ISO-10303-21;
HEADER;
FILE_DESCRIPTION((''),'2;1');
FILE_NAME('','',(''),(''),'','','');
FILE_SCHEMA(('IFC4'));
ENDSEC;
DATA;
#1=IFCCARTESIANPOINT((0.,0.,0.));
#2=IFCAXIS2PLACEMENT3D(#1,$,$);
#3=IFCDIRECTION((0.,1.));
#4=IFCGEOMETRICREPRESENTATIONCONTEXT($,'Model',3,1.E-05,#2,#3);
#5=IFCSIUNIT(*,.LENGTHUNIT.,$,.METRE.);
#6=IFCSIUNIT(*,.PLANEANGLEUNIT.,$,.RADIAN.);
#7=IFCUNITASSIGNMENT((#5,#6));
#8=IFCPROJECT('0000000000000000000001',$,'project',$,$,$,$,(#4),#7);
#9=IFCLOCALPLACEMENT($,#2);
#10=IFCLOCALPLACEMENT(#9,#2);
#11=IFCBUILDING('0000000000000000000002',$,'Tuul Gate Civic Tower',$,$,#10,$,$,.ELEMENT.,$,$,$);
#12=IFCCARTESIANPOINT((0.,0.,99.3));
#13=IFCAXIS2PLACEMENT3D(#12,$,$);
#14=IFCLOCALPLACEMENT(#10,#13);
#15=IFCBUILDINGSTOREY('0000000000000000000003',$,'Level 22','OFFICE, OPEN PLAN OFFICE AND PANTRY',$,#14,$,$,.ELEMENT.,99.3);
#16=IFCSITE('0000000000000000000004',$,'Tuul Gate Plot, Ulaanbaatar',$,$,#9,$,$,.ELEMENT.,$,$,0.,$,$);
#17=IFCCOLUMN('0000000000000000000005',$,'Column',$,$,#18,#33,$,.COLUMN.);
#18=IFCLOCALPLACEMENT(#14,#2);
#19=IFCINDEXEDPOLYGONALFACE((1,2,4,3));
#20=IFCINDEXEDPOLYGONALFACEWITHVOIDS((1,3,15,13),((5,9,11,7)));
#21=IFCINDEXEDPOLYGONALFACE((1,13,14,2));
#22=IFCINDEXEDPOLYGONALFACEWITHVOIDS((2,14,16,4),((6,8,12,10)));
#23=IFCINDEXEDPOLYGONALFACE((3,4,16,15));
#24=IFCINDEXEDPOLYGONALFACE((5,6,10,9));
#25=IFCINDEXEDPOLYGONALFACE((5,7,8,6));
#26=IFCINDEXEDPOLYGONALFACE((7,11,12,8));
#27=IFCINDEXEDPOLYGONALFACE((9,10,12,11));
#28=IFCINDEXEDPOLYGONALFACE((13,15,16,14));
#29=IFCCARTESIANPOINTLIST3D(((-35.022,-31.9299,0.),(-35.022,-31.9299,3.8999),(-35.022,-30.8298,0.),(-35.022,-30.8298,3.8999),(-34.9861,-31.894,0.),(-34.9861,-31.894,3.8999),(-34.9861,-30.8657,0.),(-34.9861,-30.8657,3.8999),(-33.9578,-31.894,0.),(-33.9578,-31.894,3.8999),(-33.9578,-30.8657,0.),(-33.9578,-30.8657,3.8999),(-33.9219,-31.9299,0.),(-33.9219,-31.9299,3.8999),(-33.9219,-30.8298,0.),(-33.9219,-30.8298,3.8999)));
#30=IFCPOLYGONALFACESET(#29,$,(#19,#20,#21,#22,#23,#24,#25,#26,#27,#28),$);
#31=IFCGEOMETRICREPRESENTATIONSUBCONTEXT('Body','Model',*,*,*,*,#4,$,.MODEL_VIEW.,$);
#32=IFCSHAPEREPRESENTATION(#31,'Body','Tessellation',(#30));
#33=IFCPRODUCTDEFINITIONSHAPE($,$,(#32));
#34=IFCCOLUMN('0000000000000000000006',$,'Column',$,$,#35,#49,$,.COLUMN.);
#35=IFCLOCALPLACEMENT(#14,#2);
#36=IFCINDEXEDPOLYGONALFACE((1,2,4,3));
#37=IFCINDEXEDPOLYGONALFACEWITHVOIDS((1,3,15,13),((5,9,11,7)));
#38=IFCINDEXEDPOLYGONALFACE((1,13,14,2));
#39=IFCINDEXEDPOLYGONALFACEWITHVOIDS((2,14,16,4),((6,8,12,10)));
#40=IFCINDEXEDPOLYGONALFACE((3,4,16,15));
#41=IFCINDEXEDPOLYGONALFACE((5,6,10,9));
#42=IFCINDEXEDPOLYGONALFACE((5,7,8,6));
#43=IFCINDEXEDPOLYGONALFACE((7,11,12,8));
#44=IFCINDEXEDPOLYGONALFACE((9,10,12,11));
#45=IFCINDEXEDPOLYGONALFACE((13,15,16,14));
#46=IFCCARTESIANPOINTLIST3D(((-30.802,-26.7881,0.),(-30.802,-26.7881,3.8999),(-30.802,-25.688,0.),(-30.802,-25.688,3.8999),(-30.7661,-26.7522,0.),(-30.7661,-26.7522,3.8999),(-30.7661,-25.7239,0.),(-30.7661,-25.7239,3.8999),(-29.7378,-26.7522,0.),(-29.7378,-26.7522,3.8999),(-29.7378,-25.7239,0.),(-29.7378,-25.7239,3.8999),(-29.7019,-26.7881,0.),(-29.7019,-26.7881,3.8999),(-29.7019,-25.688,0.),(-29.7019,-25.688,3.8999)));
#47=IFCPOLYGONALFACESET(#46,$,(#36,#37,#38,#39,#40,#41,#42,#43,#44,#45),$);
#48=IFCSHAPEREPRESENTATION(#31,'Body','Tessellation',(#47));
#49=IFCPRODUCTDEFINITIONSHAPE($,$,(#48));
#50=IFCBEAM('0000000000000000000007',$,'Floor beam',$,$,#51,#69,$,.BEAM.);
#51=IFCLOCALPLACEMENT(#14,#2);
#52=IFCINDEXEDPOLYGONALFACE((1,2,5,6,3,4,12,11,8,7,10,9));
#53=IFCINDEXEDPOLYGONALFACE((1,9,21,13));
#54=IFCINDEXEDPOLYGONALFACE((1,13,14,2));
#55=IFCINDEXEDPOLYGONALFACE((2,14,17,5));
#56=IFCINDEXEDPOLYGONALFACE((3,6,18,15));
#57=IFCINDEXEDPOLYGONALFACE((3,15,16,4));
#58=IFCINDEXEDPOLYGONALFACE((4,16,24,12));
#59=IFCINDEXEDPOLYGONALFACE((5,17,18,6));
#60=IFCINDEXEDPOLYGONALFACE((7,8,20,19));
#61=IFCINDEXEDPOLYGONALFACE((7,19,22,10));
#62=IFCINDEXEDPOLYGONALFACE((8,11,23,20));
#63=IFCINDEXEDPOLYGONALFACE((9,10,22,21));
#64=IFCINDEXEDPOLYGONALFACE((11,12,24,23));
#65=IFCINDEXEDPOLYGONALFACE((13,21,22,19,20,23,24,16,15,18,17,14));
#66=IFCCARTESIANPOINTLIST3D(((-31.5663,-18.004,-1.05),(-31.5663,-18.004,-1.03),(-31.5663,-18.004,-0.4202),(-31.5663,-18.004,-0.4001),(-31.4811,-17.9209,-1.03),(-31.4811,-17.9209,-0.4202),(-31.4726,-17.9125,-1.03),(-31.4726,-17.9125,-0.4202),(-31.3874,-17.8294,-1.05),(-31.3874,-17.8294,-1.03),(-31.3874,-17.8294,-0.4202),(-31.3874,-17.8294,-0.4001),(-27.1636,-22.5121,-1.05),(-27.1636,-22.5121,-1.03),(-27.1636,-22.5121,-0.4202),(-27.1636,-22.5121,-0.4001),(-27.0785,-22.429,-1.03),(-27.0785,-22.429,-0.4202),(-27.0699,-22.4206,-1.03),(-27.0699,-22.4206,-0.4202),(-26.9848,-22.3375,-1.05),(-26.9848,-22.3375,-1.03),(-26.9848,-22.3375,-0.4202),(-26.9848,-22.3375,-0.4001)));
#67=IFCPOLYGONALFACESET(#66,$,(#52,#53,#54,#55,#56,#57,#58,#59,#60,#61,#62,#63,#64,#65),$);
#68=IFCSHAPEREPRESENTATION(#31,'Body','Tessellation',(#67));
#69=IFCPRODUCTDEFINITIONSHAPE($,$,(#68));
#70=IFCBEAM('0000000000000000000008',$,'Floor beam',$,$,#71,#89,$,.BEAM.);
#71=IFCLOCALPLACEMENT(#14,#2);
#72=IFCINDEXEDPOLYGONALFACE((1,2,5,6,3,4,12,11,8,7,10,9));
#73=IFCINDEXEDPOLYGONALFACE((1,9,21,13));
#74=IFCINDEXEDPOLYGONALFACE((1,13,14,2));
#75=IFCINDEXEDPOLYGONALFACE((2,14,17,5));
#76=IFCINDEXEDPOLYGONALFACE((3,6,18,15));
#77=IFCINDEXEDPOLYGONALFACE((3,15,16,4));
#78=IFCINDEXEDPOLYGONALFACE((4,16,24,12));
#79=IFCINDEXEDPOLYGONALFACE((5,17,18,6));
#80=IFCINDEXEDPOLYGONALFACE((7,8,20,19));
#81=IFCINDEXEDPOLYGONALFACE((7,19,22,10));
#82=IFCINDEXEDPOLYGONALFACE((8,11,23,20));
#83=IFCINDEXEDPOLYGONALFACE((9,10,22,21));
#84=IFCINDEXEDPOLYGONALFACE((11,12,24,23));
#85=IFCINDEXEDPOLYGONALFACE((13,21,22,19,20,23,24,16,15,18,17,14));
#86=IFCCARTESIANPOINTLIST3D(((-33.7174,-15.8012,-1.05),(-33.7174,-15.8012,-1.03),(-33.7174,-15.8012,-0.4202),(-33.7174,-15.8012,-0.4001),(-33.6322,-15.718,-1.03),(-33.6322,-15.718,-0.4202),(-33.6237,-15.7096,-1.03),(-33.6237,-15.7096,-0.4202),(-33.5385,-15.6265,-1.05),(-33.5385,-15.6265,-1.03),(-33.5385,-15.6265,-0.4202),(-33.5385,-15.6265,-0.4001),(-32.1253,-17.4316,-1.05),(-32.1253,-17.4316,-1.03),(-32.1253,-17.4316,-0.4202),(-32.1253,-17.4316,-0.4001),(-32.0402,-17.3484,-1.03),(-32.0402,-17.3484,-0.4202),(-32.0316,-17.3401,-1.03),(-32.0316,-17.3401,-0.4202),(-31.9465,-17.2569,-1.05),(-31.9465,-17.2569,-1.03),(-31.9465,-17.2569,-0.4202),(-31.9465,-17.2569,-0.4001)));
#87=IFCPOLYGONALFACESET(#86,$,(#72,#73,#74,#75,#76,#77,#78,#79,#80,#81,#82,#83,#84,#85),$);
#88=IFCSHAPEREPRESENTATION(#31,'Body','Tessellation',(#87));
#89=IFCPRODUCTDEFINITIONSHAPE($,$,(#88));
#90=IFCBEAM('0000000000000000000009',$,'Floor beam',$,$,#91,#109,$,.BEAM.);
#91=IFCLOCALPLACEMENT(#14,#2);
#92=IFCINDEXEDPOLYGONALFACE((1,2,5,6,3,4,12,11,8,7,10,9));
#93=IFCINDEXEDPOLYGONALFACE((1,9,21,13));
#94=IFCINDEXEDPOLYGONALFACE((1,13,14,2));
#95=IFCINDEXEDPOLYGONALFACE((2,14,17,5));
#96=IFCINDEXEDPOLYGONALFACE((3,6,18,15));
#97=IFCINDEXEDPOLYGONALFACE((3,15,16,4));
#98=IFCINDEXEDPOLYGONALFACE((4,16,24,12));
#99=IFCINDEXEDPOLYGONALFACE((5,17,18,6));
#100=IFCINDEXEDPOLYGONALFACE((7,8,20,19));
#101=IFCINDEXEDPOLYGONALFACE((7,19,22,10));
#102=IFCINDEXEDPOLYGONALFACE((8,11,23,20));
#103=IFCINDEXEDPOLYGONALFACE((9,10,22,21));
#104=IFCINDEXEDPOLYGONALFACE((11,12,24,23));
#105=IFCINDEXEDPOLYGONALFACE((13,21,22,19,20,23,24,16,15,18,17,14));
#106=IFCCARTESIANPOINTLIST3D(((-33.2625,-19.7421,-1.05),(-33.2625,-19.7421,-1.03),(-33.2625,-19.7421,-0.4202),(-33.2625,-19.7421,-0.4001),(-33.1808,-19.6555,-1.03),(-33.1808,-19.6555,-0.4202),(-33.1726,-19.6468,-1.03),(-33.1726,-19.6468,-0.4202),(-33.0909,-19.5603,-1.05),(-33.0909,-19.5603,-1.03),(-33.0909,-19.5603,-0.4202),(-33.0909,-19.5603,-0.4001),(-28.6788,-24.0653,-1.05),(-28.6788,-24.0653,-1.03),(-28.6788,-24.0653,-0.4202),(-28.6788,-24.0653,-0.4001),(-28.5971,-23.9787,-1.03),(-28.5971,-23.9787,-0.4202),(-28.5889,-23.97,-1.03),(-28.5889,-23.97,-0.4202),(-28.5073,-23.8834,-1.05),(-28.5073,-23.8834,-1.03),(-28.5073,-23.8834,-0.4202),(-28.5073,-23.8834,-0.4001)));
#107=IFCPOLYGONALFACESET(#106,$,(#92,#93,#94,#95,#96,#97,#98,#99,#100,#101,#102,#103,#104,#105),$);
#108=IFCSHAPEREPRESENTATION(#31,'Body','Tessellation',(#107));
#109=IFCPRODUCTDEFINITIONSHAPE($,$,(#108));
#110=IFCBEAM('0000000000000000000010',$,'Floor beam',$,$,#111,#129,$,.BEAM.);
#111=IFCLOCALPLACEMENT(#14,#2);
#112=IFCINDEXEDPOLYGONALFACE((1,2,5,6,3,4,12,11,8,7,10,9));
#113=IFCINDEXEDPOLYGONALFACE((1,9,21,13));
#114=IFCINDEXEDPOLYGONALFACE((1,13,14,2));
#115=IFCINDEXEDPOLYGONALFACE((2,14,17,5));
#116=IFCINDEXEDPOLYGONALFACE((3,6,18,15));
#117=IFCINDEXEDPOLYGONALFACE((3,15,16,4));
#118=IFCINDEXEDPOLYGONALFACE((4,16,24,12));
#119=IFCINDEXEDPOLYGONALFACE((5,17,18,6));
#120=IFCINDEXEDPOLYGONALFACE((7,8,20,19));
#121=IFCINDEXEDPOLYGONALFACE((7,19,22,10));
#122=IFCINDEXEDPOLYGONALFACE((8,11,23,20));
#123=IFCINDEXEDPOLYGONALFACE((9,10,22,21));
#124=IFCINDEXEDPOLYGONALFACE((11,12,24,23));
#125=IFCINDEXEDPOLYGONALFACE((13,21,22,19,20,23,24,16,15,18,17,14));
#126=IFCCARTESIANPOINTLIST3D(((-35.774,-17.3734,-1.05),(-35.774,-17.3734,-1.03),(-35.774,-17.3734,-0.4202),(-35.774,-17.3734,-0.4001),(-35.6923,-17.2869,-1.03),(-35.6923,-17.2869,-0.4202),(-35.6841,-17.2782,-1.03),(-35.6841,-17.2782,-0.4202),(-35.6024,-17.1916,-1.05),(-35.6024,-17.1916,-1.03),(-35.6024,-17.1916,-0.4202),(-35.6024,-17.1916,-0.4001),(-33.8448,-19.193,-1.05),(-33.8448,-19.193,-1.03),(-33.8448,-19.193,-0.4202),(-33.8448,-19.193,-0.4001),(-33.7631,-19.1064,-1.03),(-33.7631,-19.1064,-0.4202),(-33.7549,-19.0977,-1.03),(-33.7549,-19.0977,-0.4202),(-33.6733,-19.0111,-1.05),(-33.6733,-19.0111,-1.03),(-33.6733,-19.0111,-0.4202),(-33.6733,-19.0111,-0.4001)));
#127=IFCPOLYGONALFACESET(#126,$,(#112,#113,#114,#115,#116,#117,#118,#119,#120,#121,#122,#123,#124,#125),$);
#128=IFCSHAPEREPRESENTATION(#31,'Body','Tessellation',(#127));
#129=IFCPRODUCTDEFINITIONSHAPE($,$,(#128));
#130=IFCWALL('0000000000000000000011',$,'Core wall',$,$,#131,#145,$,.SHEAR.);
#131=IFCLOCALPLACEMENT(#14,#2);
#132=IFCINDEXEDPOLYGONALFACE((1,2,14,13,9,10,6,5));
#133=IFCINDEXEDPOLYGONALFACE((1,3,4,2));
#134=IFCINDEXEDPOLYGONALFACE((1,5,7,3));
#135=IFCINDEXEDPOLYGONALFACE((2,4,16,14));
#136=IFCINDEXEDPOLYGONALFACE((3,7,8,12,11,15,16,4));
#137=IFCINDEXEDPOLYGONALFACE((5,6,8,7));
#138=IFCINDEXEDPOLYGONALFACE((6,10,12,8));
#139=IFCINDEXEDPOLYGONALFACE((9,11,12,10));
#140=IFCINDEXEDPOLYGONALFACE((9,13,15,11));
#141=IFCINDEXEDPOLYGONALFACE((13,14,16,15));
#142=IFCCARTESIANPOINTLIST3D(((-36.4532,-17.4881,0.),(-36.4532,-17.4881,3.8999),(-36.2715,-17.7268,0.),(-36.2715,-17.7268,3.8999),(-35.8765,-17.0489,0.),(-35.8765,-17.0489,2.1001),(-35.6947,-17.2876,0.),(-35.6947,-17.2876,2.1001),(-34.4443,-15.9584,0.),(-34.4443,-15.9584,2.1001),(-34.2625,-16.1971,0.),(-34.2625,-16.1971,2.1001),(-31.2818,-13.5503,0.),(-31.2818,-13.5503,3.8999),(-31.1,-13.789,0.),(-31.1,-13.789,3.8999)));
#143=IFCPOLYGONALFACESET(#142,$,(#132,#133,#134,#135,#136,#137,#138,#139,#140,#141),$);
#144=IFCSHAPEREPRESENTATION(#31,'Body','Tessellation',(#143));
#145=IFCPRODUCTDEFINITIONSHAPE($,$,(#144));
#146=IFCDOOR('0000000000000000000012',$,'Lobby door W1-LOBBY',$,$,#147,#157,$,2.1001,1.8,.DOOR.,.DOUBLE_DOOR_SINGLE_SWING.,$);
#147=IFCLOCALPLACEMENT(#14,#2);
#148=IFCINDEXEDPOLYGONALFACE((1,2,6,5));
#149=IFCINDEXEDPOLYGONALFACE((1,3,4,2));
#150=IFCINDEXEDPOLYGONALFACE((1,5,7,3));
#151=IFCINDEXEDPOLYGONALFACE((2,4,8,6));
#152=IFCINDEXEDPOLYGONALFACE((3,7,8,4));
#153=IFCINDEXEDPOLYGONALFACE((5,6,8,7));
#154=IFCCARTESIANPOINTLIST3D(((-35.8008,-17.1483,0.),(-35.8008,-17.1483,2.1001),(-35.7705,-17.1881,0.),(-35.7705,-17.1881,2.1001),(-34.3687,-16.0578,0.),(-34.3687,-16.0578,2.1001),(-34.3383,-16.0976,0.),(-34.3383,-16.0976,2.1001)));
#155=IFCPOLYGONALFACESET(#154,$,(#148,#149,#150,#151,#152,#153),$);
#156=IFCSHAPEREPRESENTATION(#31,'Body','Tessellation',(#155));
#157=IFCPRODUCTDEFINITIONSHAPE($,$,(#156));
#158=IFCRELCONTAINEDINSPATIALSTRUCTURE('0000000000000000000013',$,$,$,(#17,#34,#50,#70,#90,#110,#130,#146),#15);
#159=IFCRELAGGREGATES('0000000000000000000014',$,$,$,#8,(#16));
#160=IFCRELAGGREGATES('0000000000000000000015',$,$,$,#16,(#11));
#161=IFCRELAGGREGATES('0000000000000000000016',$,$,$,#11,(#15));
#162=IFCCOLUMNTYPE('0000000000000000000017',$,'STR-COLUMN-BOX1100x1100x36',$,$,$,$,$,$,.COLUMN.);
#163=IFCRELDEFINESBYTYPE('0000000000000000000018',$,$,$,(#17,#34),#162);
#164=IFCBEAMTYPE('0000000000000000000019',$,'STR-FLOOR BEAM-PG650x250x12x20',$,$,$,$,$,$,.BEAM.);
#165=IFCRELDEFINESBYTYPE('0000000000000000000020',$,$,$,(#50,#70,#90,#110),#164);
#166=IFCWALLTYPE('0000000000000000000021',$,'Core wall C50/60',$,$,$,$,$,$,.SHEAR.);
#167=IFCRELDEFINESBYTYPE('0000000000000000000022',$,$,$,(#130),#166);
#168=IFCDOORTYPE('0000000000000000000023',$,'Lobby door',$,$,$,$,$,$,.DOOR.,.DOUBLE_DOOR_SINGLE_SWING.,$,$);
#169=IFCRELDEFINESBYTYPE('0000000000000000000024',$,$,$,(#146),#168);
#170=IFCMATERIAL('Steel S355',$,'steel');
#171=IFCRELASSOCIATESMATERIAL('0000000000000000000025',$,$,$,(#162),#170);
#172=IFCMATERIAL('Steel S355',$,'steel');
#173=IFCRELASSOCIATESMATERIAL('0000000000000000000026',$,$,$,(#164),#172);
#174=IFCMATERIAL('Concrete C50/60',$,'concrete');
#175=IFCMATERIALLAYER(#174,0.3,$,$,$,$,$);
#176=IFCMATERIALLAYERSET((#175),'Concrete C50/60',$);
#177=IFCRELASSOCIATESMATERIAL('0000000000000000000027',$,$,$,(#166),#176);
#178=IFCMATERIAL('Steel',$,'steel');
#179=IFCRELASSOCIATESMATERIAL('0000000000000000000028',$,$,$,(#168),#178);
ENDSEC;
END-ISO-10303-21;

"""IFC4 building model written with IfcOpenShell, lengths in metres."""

from ifc_helpers import new_model, si_unit, direction, frame, frame_2d, origin, origin_2d, place, context, subcontext, project, spatial, rectangle, hollow_rectangle, i_section, extrude, material, layer, layer_set, material_profile, profile_set, type_object, element, fill, save


model = new_model("IFC4")

# Units and contexts
model_context = context("Model", 3, precision=1e-05, world=origin(), true_north=direction((0.0, 1.0)))
body_context = subcontext(model_context, "Body", "Model", "MODEL_VIEW")
ifc_project = project(units=[si_unit("LENGTHUNIT", "METRE"), si_unit("PLANEANGLEUNIT", "RADIAN")], contexts=[model_context])

# Site, building, storey
site_placement = place(None, origin())
site = spatial("IfcSite", under=ifc_project, at=site_placement, Name="Tuul Gate Plot, Ulaanbaatar", CompositionType="ELEMENT", RefElevation=0.0)
building_placement = place(site_placement, origin())
building = spatial("IfcBuilding", under=site, at=building_placement, Name="Tuul Gate Civic Tower", CompositionType="ELEMENT")
storey_placement = place(building_placement, frame((0.0, 0.0, 99.3)))
storey = spatial("IfcBuildingStorey", under=building, at=storey_placement, Name="Level 22", Description="OFFICE, OPEN PLAN OFFICE AND PANTRY", CompositionType="ELEMENT", Elevation=99.3)

# Columns
ifc_material_1 = material(Name="Steel S355", Category="steel")
ifc_material_profile_1 = material_profile(ifc_material_1, hollow_rectangle(XDim=1.1001, YDim=1.1001, WallThickness=0.0359, at=origin_2d()), Name="BOX1100x1100x36")
ifc_profile_set_1 = profile_set([ifc_material_profile_1], Name="Steel S355")
column_type = type_object("IfcColumnType", Name="STR-COLUMN-BOX1100x1100x36", PredefinedType="COLUMN", material=ifc_profile_set_1)
for number, where, z_axis, x_axis, name in (
    (1, (-34.4719, -31.3799, 0.0), (0.0, 0.0, 1.0), (1.0, 0.0, 0.0), "Column"),
    (2, (-30.252, -26.238, 0.0), (0.0, 0.0, 1.0), (1.0, 0.0, 0.0), "Column"),
):
    element("IfcColumn", number, at=place(storey_placement, frame(where, z_axis=z_axis, x_axis=x_axis)), inside=storey, type_object=column_type, Name=name, PredefinedType="COLUMN", context=body_context, shape_type="SweptSolid", body=[
        extrude(hollow_rectangle(XDim=1.1001, YDim=1.1001, WallThickness=0.0359, at=origin_2d()), origin(), (0.0, 0.0, 1.0), 3.8999),
    ])

# Beams
ifc_material_2 = material(Name="Steel S355", Category="steel")
ifc_material_profile_2 = material_profile(ifc_material_2, i_section(OverallWidth=0.25, OverallDepth=0.6499, WebThickness=0.012, FlangeThickness=0.02, at=origin_2d()), Name="PG650x250x12x20")
ifc_profile_set_2 = profile_set([ifc_material_profile_2], Name="Steel S355")
beam_type = type_object("IfcBeamType", Name="STR-FLOOR BEAM-PG650x250x12x20", PredefinedType="BEAM", material=ifc_profile_set_2)
beam_1_placement = place(storey_placement, frame((-27.0742, -22.4248, -0.7251), z_axis=(-0.698688, 0.715426, 0.0), x_axis=(-0.715426, -0.698688, 0.0)))
element("IfcBeam", 3, at=beam_1_placement, inside=storey, type_object=beam_type, Name="Floor beam", PredefinedType="BEAM", context=body_context, shape_type="SweptSolid", body=[
    extrude(i_section(OverallWidth=0.25, OverallDepth=0.6499, WebThickness=0.012, FlangeThickness=0.02, at=origin_2d()), origin(), (0.0, 0.0, 1.0), 6.3013),
])
beam_2_placement = place(storey_placement, frame((-32.0359, -17.3442, -0.7251), z_axis=(-0.698646, 0.715467, 0.0), x_axis=(-0.715467, -0.698646, 0.0)))
element("IfcBeam", 4, at=beam_2_placement, inside=storey, type_object=beam_type, Name="Floor beam", PredefinedType="BEAM", context=body_context, shape_type="SweptSolid", body=[
    extrude(i_section(OverallWidth=0.25, OverallDepth=0.6499, WebThickness=0.012, FlangeThickness=0.02, at=origin_2d()), origin(), (0.0, 0.0, 1.0), 2.2788),
])
beam_3_placement = place(storey_placement, frame((-28.593, -23.9744, -0.7251), z_axis=(-0.727476, 0.686133, 0.0), x_axis=(-0.686133, -0.727476, 0.0)))
element("IfcBeam", 5, at=beam_3_placement, inside=storey, type_object=beam_type, Name="Floor beam", PredefinedType="BEAM", context=body_context, shape_type="SweptSolid", body=[
    extrude(i_section(OverallWidth=0.25, OverallDepth=0.6499, WebThickness=0.012, FlangeThickness=0.02, at=origin_2d()), origin(), (0.0, 0.0, 1.0), 6.3008),
])
beam_4_placement = place(storey_placement, frame((-33.759, -19.1021, -0.7251), z_axis=(-0.727473, 0.686137, 0.0), x_axis=(-0.686137, -0.727473, 0.0)))
element("IfcBeam", 6, at=beam_4_placement, inside=storey, type_object=beam_type, Name="Floor beam", PredefinedType="BEAM", context=body_context, shape_type="SweptSolid", body=[
    extrude(i_section(OverallWidth=0.25, OverallDepth=0.6499, WebThickness=0.012, FlangeThickness=0.02, at=origin_2d()), origin(), (0.0, 0.0, 1.0), 2.6519),
])

# Wall, opening, door
ifc_material_3 = material(Name="Concrete C50/60", Category="concrete")
ifc_layer_1 = layer(ifc_material_3, 0.3)
ifc_layer_set_1 = layer_set([ifc_layer_1], Name="Concrete C50/60")
wall_type_1 = type_object("IfcWallType", Name="Core wall C50/60", PredefinedType="SHEAR", material=ifc_layer_set_1)
wall_1_placement = place(storey_placement, frame((-31.1909, -13.6697, 0.0), z_axis=(0.0, 0.0, 1.0), x_axis=(-0.795607, -0.605813, 0.0)))
wall_1 = element("IfcWall", 7, at=wall_1_placement, inside=storey, type_object=wall_type_1, Name="Core wall", PredefinedType="SHEAR", context=body_context, shape_type="SweptSolid", body=[
    extrude(rectangle(XDim=6.5, YDim=0.3, at=frame_2d((3.25, 0.0))), origin(), (0.0, 0.0, 1.0), 3.8999),
])
opening_1_placement = place(wall_1_placement, frame((3.9751, 0.0, 0.0)))
opening_1 = element("IfcOpeningElement", 8, at=opening_1_placement, cuts=wall_1, PredefinedType="OPENING", context=body_context, shape_type="SweptSolid", body=[
    extrude(rectangle(XDim=1.8, YDim=2.1001, at=frame_2d((0.8999, 1.05))), frame((0.0, 0.1602, 0.0), z_axis=(0.0, -1.0, 0.0), x_axis=(1.0, 0.0, 0.0)), (0.0, 0.0, 1.0), 0.3201),
])
ifc_material_4 = material(Name="Steel", Category="steel")
door_type_1 = type_object("IfcDoorType", Name="Lobby door", OperationType="DOUBLE_DOOR_SINGLE_SWING", PredefinedType="DOOR", material=ifc_material_4)
door_1_placement = place(opening_1_placement, origin())
door_1 = element("IfcDoor", 9, at=door_1_placement, inside=storey, type_object=door_type_1, Name="Lobby door W1-LOBBY", OperationType="DOUBLE_DOOR_SINGLE_SWING", OverallHeight=2.1001, OverallWidth=1.8, PredefinedType="DOOR", context=body_context, shape_type="SweptSolid", body=[
    extrude(rectangle(XDim=1.8, YDim=2.1001, at=frame_2d((0.8999, 1.05))), frame((0.0, 0.0249, 0.0), z_axis=(0.0, -1.0, 0.0), x_axis=(1.0, 0.0, 0.0)), (0.0, 0.0, 1.0), 0.05),
])
fill(opening_1, door_1)

save(model, "model.ifc")
